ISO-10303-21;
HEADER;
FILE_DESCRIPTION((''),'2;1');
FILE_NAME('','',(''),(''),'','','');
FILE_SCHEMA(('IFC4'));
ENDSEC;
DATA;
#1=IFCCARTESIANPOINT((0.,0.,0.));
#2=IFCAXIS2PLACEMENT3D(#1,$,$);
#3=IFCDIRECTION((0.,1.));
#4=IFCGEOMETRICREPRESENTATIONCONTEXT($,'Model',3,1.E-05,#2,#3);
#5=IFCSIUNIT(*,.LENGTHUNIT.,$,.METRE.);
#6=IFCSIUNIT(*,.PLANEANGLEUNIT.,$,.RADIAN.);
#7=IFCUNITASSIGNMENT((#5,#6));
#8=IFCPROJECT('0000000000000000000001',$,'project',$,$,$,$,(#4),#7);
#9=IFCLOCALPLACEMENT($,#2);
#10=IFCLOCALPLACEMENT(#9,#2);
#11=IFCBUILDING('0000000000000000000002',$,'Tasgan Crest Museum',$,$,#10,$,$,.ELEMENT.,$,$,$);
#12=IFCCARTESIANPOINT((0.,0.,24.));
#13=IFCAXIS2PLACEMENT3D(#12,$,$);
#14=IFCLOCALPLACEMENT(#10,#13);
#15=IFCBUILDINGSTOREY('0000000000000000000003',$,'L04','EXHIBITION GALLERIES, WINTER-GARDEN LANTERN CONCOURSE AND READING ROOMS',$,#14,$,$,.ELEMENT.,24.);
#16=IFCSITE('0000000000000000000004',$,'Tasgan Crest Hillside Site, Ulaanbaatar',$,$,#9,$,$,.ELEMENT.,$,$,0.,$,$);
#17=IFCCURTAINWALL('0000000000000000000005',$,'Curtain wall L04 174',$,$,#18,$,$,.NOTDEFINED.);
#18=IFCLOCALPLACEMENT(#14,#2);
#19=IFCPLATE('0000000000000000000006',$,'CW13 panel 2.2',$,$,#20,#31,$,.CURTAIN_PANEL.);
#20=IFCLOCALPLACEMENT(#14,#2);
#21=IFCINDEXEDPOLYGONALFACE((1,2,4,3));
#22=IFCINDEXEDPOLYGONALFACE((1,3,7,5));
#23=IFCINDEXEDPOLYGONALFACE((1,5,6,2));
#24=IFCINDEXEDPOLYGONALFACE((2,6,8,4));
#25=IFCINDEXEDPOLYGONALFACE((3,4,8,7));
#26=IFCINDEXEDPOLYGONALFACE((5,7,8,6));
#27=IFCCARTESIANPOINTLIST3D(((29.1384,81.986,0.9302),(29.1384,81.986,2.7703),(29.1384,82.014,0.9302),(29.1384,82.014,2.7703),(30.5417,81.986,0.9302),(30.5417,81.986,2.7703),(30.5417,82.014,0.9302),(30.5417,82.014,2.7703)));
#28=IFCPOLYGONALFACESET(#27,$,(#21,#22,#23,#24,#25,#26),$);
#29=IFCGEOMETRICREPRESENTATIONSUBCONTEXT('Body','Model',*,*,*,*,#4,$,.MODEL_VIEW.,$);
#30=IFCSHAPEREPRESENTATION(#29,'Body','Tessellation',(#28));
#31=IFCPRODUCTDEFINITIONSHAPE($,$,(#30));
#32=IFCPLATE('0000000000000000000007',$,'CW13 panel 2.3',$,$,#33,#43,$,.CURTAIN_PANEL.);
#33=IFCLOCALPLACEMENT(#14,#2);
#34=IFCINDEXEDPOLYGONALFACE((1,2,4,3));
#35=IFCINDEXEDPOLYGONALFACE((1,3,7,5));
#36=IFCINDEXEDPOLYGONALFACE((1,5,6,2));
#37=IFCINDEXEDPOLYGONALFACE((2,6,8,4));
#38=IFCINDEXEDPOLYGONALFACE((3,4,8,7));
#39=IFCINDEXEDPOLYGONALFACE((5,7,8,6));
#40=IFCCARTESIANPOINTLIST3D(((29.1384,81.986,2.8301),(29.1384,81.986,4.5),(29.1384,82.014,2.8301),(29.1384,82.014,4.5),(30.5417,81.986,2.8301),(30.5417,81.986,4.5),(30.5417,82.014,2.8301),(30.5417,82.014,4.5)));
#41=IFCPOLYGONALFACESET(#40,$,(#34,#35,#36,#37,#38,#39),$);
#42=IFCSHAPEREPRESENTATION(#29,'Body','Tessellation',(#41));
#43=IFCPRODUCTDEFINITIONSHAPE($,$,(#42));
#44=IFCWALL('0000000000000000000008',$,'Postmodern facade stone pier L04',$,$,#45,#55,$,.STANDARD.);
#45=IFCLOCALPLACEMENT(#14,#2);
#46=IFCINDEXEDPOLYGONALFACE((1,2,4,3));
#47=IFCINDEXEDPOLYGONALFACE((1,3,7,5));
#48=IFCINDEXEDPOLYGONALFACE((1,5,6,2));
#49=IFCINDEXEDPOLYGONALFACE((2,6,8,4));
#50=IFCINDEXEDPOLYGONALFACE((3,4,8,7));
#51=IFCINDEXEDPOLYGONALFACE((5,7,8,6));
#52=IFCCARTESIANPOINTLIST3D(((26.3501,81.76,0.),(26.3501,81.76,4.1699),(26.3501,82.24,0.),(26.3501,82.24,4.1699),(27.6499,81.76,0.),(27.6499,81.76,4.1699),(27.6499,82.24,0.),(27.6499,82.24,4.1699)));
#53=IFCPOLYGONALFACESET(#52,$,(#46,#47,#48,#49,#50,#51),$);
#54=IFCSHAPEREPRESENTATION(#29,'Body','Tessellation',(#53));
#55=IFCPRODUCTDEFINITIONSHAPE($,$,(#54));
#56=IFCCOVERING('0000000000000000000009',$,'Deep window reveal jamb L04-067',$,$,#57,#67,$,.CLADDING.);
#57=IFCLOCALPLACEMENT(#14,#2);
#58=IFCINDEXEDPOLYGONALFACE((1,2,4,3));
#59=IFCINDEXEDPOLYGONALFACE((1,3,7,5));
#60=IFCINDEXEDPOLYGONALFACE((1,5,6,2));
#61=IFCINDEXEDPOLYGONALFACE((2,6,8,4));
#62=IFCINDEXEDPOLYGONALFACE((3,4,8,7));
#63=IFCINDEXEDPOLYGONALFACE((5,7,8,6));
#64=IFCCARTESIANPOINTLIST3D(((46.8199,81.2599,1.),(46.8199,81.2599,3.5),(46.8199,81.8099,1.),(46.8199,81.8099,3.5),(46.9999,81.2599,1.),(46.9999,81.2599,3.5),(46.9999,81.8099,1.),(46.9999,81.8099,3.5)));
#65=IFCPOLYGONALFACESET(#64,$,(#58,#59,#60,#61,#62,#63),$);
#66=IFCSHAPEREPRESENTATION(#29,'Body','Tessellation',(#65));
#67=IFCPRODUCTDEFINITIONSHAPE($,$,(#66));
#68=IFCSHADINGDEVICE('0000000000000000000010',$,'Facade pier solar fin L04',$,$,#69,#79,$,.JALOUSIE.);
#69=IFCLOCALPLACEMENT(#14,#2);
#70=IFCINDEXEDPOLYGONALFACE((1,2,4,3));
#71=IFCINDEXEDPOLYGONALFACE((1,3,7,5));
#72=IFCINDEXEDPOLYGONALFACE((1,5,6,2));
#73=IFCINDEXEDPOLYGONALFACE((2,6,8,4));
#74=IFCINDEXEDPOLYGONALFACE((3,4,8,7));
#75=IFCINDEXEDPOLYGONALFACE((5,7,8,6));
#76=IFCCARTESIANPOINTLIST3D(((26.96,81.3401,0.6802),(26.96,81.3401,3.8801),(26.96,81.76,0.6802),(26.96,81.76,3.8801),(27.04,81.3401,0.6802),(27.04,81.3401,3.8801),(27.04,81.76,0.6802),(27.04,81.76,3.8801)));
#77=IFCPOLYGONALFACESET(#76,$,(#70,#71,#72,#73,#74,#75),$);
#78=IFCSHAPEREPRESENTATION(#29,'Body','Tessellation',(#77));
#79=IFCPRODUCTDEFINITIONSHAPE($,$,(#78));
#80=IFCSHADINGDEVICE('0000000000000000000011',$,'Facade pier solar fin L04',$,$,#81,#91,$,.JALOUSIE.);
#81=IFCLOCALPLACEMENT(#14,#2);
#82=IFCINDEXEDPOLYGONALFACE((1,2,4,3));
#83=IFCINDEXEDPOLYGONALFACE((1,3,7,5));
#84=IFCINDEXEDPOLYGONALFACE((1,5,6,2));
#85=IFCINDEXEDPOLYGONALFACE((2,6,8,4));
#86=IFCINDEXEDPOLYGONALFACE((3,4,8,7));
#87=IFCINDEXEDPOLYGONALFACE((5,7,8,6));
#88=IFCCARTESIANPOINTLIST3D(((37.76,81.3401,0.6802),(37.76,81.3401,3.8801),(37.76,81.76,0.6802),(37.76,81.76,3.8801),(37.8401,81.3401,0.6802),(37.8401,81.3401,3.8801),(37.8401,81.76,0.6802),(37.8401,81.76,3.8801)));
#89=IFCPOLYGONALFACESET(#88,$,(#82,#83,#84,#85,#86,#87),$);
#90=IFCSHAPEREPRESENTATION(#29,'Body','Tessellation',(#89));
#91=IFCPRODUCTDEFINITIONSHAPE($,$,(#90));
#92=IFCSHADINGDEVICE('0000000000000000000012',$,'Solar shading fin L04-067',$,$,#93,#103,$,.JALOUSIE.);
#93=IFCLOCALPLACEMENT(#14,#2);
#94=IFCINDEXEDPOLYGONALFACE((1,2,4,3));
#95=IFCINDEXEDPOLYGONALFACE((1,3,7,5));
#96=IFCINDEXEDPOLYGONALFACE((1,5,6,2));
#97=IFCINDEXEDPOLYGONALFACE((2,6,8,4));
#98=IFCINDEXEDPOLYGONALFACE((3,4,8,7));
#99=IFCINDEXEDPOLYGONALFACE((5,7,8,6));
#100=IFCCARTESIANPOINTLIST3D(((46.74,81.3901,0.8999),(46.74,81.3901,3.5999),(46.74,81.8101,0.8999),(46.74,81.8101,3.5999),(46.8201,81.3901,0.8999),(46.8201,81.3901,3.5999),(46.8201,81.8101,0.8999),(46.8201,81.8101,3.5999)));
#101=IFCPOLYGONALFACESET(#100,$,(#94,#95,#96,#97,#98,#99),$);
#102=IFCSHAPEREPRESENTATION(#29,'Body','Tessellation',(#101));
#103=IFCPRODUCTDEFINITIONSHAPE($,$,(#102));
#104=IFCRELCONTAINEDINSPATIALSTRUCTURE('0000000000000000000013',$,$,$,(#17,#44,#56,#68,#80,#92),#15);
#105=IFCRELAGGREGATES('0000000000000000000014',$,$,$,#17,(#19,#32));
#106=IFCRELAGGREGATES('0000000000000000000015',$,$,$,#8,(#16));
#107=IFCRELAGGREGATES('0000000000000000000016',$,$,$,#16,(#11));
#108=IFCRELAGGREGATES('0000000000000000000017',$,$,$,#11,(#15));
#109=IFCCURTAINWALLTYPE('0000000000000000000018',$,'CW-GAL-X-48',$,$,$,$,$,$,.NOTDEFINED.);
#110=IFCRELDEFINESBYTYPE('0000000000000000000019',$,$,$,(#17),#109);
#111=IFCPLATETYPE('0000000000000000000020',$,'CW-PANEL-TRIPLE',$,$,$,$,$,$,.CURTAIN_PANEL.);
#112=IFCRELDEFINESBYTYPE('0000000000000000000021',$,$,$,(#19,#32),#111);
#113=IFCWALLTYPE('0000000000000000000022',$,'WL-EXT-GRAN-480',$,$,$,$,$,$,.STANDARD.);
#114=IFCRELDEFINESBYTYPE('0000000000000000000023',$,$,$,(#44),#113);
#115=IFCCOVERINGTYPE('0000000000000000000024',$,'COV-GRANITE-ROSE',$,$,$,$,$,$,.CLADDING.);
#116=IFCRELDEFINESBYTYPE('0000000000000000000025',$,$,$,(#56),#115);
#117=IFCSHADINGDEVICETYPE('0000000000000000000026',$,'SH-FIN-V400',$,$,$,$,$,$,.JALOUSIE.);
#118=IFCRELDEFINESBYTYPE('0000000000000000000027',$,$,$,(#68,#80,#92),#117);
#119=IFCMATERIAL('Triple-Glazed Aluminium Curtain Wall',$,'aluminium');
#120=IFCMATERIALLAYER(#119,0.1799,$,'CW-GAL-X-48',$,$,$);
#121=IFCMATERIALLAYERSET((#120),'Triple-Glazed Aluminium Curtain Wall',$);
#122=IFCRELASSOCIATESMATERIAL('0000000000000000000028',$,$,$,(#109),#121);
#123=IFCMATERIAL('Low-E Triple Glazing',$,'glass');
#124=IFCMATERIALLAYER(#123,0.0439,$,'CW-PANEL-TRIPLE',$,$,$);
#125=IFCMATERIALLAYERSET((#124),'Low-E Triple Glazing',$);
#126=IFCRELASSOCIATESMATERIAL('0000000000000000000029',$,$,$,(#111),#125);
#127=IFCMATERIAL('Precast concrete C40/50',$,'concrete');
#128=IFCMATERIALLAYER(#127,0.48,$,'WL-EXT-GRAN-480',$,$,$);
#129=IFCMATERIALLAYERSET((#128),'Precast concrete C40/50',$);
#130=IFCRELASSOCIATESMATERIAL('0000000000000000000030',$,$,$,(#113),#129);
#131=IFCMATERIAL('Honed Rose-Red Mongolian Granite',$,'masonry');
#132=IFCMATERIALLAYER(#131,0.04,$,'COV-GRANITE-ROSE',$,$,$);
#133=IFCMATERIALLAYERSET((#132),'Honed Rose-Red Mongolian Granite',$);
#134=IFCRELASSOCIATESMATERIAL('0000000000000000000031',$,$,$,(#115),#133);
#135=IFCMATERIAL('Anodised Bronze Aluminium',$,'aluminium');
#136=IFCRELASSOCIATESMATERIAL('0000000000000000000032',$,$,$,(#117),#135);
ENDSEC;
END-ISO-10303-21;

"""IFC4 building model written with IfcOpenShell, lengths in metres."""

from ifc_helpers import new_model, si_unit, direction, frame, frame_2d, origin, origin_2d, place, context, subcontext, project, spatial, rectangle, extrude, material, layer, layer_set, type_object, element, aggregate, save


model = new_model("IFC4")

# Units and contexts
model_context = context("Model", 3, precision=1e-05, world=origin(), true_north=direction((0.0, 1.0)))
body_context = subcontext(model_context, "Body", "Model", "MODEL_VIEW")
ifc_project = project(units=[si_unit("LENGTHUNIT", "METRE"), si_unit("PLANEANGLEUNIT", "RADIAN")], contexts=[model_context])

# Site, building, storey
site_placement = place(None, origin())
site = spatial("IfcSite", under=ifc_project, at=site_placement, Name="Tasgan Crest Hillside Site, Ulaanbaatar", CompositionType="ELEMENT", RefElevation=0.0)
building_placement = place(site_placement, origin())
building = spatial("IfcBuilding", under=site, at=building_placement, Name="Tasgan Crest Museum", CompositionType="ELEMENT")
storey_placement = place(building_placement, frame((0.0, 0.0, 24.0)))
storey = spatial("IfcBuildingStorey", under=building, at=storey_placement, Name="L04", Description="EXHIBITION GALLERIES, WINTER-GARDEN LANTERN CONCOURSE AND READING ROOMS", CompositionType="ELEMENT", Elevation=24.0)

# Curtain wall
ifc_material_1 = material(Name="Triple-Glazed Aluminium Curtain Wall", Category="aluminium")
ifc_layer_1 = layer(ifc_material_1, 0.1799, Name="CW-GAL-X-48")
ifc_layer_set_1 = layer_set([ifc_layer_1], Name="Triple-Glazed Aluminium Curtain Wall")
curtain_wall_type = type_object("IfcCurtainWallType", Name="CW-GAL-X-48", PredefinedType="NOTDEFINED", material=ifc_layer_set_1)
curtain_wall_1_placement = place(storey_placement, origin())
curtain_wall_1 = element("IfcCurtainWall", 1, at=curtain_wall_1_placement, inside=storey, type_object=curtain_wall_type, Name="Curtain wall L04 174", PredefinedType="NOTDEFINED")

# Plates
ifc_material_2 = material(Name="Low-E Triple Glazing", Category="glass")
ifc_layer_2 = layer(ifc_material_2, 0.0439, Name="CW-PANEL-TRIPLE")
ifc_layer_set_2 = layer_set([ifc_layer_2], Name="Low-E Triple Glazing")
plate_type_1 = type_object("IfcPlateType", Name="CW-PANEL-TRIPLE", PredefinedType="CURTAIN_PANEL", material=ifc_layer_set_2)
plate_1_placement = place(storey_placement, frame((29.8401, 82.0, 0.9302), z_axis=(0.0, 0.0, 1.0), x_axis=(1.0, 0.0, 0.0)))
plate_1 = element("IfcPlate", 2, at=plate_1_placement, type_object=plate_type_1, Name="CW13 panel 2.2", PredefinedType="CURTAIN_PANEL", context=body_context, shape_type="SweptSolid", body=[
    extrude(rectangle(XDim=1.4033, YDim=0.0281, at=origin_2d()), origin(), (0.0, 0.0, 1.0), 1.8401),
])
plate_2_placement = place(storey_placement, frame((29.8401, 82.0, 2.8301), z_axis=(0.0, 0.0, 1.0), x_axis=(1.0, 0.0, 0.0)))
plate_2 = element("IfcPlate", 3, at=plate_2_placement, type_object=plate_type_1, Name="CW13 panel 2.3", PredefinedType="CURTAIN_PANEL", context=body_context, shape_type="SweptSolid", body=[
    extrude(rectangle(XDim=1.4033, YDim=0.0281, at=origin_2d()), origin(), (0.0, 0.0, 1.0), 1.6699),
])
aggregate(curtain_wall_1, [plate_1, plate_2])

# Wall
ifc_material_3 = material(Name="Precast concrete C40/50", Category="concrete")
ifc_layer_3 = layer(ifc_material_3, 0.48, Name="WL-EXT-GRAN-480")
ifc_layer_set_3 = layer_set([ifc_layer_3], Name="Precast concrete C40/50")
wall_type = type_object("IfcWallType", Name="WL-EXT-GRAN-480", PredefinedType="STANDARD", material=ifc_layer_set_3)
wall_placement = place(storey_placement, frame((26.3501, 82.0, 0.0), z_axis=(0.0, 0.0, 1.0), x_axis=(1.0, 0.0, 0.0)))
element("IfcWall", 4, at=wall_placement, inside=storey, type_object=wall_type, Name="Postmodern facade stone pier L04", PredefinedType="STANDARD", context=body_context, shape_type="SweptSolid", body=[
    extrude(rectangle(XDim=1.2998, YDim=0.48, at=frame_2d((0.6499, 0.0))), origin(), (0.0, 0.0, 1.0), 4.1699),
])

# Covering
ifc_material_4 = material(Name="Honed Rose-Red Mongolian Granite", Category="masonry")
ifc_layer_4 = layer(ifc_material_4, 0.04, Name="COV-GRANITE-ROSE")
ifc_layer_set_4 = layer_set([ifc_layer_4], Name="Honed Rose-Red Mongolian Granite")
covering_type = type_object("IfcCoveringType", Name="COV-GRANITE-ROSE", PredefinedType="CLADDING", material=ifc_layer_set_4)
covering_placement = place(storey_placement, frame((46.9099, 81.5349, 1.0), z_axis=(0.0, 0.0, 1.0), x_axis=(1.0, 0.0, 0.0)))
element("IfcCovering", 5, at=covering_placement, inside=storey, type_object=covering_type, Name="Deep window reveal jamb L04-067", PredefinedType="CLADDING", context=body_context, shape_type="SweptSolid", body=[
    extrude(rectangle(XDim=0.1799, YDim=0.55, at=origin_2d()), origin(), (0.0, 0.0, 1.0), 2.5),
])

# Shading devices
ifc_material_5 = material(Name="Anodised Bronze Aluminium", Category="aluminium")
shading_device_type = type_object("IfcShadingDeviceType", Name="SH-FIN-V400", PredefinedType="JALOUSIE", material=ifc_material_5)
for number, where, z_axis, x_axis, name in (
    (6, (27.0, 81.55, 0.6802), (0.0, 0.0, 1.0), (1.0, 0.0, 0.0), "Facade pier solar fin L04"),
    (7, (37.8, 81.55, 0.6802), (0.0, 0.0, 1.0), (1.0, 0.0, 0.0), "Facade pier solar fin L04"),
):
    element("IfcShadingDevice", number, at=place(storey_placement, frame(where, z_axis=z_axis, x_axis=x_axis)), inside=storey, type_object=shading_device_type, Name=name, PredefinedType="JALOUSIE", context=body_context, shape_type="SweptSolid", body=[
        extrude(rectangle(XDim=0.0801, YDim=0.4199, at=origin_2d()), origin(), (0.0, 0.0, 1.0), 3.2),
    ])
shading_device_placement = place(storey_placement, frame((46.78, 81.6001, 0.8999), z_axis=(0.0, 0.0, 1.0), x_axis=(1.0, 0.0, 0.0)))
element("IfcShadingDevice", 8, at=shading_device_placement, inside=storey, type_object=shading_device_type, Name="Solar shading fin L04-067", PredefinedType="JALOUSIE", context=body_context, shape_type="SweptSolid", body=[
    extrude(rectangle(XDim=0.0801, YDim=0.4199, at=origin_2d()), origin(), (0.0, 0.0, 1.0), 2.7),
])

save(model, "model.ifc")
